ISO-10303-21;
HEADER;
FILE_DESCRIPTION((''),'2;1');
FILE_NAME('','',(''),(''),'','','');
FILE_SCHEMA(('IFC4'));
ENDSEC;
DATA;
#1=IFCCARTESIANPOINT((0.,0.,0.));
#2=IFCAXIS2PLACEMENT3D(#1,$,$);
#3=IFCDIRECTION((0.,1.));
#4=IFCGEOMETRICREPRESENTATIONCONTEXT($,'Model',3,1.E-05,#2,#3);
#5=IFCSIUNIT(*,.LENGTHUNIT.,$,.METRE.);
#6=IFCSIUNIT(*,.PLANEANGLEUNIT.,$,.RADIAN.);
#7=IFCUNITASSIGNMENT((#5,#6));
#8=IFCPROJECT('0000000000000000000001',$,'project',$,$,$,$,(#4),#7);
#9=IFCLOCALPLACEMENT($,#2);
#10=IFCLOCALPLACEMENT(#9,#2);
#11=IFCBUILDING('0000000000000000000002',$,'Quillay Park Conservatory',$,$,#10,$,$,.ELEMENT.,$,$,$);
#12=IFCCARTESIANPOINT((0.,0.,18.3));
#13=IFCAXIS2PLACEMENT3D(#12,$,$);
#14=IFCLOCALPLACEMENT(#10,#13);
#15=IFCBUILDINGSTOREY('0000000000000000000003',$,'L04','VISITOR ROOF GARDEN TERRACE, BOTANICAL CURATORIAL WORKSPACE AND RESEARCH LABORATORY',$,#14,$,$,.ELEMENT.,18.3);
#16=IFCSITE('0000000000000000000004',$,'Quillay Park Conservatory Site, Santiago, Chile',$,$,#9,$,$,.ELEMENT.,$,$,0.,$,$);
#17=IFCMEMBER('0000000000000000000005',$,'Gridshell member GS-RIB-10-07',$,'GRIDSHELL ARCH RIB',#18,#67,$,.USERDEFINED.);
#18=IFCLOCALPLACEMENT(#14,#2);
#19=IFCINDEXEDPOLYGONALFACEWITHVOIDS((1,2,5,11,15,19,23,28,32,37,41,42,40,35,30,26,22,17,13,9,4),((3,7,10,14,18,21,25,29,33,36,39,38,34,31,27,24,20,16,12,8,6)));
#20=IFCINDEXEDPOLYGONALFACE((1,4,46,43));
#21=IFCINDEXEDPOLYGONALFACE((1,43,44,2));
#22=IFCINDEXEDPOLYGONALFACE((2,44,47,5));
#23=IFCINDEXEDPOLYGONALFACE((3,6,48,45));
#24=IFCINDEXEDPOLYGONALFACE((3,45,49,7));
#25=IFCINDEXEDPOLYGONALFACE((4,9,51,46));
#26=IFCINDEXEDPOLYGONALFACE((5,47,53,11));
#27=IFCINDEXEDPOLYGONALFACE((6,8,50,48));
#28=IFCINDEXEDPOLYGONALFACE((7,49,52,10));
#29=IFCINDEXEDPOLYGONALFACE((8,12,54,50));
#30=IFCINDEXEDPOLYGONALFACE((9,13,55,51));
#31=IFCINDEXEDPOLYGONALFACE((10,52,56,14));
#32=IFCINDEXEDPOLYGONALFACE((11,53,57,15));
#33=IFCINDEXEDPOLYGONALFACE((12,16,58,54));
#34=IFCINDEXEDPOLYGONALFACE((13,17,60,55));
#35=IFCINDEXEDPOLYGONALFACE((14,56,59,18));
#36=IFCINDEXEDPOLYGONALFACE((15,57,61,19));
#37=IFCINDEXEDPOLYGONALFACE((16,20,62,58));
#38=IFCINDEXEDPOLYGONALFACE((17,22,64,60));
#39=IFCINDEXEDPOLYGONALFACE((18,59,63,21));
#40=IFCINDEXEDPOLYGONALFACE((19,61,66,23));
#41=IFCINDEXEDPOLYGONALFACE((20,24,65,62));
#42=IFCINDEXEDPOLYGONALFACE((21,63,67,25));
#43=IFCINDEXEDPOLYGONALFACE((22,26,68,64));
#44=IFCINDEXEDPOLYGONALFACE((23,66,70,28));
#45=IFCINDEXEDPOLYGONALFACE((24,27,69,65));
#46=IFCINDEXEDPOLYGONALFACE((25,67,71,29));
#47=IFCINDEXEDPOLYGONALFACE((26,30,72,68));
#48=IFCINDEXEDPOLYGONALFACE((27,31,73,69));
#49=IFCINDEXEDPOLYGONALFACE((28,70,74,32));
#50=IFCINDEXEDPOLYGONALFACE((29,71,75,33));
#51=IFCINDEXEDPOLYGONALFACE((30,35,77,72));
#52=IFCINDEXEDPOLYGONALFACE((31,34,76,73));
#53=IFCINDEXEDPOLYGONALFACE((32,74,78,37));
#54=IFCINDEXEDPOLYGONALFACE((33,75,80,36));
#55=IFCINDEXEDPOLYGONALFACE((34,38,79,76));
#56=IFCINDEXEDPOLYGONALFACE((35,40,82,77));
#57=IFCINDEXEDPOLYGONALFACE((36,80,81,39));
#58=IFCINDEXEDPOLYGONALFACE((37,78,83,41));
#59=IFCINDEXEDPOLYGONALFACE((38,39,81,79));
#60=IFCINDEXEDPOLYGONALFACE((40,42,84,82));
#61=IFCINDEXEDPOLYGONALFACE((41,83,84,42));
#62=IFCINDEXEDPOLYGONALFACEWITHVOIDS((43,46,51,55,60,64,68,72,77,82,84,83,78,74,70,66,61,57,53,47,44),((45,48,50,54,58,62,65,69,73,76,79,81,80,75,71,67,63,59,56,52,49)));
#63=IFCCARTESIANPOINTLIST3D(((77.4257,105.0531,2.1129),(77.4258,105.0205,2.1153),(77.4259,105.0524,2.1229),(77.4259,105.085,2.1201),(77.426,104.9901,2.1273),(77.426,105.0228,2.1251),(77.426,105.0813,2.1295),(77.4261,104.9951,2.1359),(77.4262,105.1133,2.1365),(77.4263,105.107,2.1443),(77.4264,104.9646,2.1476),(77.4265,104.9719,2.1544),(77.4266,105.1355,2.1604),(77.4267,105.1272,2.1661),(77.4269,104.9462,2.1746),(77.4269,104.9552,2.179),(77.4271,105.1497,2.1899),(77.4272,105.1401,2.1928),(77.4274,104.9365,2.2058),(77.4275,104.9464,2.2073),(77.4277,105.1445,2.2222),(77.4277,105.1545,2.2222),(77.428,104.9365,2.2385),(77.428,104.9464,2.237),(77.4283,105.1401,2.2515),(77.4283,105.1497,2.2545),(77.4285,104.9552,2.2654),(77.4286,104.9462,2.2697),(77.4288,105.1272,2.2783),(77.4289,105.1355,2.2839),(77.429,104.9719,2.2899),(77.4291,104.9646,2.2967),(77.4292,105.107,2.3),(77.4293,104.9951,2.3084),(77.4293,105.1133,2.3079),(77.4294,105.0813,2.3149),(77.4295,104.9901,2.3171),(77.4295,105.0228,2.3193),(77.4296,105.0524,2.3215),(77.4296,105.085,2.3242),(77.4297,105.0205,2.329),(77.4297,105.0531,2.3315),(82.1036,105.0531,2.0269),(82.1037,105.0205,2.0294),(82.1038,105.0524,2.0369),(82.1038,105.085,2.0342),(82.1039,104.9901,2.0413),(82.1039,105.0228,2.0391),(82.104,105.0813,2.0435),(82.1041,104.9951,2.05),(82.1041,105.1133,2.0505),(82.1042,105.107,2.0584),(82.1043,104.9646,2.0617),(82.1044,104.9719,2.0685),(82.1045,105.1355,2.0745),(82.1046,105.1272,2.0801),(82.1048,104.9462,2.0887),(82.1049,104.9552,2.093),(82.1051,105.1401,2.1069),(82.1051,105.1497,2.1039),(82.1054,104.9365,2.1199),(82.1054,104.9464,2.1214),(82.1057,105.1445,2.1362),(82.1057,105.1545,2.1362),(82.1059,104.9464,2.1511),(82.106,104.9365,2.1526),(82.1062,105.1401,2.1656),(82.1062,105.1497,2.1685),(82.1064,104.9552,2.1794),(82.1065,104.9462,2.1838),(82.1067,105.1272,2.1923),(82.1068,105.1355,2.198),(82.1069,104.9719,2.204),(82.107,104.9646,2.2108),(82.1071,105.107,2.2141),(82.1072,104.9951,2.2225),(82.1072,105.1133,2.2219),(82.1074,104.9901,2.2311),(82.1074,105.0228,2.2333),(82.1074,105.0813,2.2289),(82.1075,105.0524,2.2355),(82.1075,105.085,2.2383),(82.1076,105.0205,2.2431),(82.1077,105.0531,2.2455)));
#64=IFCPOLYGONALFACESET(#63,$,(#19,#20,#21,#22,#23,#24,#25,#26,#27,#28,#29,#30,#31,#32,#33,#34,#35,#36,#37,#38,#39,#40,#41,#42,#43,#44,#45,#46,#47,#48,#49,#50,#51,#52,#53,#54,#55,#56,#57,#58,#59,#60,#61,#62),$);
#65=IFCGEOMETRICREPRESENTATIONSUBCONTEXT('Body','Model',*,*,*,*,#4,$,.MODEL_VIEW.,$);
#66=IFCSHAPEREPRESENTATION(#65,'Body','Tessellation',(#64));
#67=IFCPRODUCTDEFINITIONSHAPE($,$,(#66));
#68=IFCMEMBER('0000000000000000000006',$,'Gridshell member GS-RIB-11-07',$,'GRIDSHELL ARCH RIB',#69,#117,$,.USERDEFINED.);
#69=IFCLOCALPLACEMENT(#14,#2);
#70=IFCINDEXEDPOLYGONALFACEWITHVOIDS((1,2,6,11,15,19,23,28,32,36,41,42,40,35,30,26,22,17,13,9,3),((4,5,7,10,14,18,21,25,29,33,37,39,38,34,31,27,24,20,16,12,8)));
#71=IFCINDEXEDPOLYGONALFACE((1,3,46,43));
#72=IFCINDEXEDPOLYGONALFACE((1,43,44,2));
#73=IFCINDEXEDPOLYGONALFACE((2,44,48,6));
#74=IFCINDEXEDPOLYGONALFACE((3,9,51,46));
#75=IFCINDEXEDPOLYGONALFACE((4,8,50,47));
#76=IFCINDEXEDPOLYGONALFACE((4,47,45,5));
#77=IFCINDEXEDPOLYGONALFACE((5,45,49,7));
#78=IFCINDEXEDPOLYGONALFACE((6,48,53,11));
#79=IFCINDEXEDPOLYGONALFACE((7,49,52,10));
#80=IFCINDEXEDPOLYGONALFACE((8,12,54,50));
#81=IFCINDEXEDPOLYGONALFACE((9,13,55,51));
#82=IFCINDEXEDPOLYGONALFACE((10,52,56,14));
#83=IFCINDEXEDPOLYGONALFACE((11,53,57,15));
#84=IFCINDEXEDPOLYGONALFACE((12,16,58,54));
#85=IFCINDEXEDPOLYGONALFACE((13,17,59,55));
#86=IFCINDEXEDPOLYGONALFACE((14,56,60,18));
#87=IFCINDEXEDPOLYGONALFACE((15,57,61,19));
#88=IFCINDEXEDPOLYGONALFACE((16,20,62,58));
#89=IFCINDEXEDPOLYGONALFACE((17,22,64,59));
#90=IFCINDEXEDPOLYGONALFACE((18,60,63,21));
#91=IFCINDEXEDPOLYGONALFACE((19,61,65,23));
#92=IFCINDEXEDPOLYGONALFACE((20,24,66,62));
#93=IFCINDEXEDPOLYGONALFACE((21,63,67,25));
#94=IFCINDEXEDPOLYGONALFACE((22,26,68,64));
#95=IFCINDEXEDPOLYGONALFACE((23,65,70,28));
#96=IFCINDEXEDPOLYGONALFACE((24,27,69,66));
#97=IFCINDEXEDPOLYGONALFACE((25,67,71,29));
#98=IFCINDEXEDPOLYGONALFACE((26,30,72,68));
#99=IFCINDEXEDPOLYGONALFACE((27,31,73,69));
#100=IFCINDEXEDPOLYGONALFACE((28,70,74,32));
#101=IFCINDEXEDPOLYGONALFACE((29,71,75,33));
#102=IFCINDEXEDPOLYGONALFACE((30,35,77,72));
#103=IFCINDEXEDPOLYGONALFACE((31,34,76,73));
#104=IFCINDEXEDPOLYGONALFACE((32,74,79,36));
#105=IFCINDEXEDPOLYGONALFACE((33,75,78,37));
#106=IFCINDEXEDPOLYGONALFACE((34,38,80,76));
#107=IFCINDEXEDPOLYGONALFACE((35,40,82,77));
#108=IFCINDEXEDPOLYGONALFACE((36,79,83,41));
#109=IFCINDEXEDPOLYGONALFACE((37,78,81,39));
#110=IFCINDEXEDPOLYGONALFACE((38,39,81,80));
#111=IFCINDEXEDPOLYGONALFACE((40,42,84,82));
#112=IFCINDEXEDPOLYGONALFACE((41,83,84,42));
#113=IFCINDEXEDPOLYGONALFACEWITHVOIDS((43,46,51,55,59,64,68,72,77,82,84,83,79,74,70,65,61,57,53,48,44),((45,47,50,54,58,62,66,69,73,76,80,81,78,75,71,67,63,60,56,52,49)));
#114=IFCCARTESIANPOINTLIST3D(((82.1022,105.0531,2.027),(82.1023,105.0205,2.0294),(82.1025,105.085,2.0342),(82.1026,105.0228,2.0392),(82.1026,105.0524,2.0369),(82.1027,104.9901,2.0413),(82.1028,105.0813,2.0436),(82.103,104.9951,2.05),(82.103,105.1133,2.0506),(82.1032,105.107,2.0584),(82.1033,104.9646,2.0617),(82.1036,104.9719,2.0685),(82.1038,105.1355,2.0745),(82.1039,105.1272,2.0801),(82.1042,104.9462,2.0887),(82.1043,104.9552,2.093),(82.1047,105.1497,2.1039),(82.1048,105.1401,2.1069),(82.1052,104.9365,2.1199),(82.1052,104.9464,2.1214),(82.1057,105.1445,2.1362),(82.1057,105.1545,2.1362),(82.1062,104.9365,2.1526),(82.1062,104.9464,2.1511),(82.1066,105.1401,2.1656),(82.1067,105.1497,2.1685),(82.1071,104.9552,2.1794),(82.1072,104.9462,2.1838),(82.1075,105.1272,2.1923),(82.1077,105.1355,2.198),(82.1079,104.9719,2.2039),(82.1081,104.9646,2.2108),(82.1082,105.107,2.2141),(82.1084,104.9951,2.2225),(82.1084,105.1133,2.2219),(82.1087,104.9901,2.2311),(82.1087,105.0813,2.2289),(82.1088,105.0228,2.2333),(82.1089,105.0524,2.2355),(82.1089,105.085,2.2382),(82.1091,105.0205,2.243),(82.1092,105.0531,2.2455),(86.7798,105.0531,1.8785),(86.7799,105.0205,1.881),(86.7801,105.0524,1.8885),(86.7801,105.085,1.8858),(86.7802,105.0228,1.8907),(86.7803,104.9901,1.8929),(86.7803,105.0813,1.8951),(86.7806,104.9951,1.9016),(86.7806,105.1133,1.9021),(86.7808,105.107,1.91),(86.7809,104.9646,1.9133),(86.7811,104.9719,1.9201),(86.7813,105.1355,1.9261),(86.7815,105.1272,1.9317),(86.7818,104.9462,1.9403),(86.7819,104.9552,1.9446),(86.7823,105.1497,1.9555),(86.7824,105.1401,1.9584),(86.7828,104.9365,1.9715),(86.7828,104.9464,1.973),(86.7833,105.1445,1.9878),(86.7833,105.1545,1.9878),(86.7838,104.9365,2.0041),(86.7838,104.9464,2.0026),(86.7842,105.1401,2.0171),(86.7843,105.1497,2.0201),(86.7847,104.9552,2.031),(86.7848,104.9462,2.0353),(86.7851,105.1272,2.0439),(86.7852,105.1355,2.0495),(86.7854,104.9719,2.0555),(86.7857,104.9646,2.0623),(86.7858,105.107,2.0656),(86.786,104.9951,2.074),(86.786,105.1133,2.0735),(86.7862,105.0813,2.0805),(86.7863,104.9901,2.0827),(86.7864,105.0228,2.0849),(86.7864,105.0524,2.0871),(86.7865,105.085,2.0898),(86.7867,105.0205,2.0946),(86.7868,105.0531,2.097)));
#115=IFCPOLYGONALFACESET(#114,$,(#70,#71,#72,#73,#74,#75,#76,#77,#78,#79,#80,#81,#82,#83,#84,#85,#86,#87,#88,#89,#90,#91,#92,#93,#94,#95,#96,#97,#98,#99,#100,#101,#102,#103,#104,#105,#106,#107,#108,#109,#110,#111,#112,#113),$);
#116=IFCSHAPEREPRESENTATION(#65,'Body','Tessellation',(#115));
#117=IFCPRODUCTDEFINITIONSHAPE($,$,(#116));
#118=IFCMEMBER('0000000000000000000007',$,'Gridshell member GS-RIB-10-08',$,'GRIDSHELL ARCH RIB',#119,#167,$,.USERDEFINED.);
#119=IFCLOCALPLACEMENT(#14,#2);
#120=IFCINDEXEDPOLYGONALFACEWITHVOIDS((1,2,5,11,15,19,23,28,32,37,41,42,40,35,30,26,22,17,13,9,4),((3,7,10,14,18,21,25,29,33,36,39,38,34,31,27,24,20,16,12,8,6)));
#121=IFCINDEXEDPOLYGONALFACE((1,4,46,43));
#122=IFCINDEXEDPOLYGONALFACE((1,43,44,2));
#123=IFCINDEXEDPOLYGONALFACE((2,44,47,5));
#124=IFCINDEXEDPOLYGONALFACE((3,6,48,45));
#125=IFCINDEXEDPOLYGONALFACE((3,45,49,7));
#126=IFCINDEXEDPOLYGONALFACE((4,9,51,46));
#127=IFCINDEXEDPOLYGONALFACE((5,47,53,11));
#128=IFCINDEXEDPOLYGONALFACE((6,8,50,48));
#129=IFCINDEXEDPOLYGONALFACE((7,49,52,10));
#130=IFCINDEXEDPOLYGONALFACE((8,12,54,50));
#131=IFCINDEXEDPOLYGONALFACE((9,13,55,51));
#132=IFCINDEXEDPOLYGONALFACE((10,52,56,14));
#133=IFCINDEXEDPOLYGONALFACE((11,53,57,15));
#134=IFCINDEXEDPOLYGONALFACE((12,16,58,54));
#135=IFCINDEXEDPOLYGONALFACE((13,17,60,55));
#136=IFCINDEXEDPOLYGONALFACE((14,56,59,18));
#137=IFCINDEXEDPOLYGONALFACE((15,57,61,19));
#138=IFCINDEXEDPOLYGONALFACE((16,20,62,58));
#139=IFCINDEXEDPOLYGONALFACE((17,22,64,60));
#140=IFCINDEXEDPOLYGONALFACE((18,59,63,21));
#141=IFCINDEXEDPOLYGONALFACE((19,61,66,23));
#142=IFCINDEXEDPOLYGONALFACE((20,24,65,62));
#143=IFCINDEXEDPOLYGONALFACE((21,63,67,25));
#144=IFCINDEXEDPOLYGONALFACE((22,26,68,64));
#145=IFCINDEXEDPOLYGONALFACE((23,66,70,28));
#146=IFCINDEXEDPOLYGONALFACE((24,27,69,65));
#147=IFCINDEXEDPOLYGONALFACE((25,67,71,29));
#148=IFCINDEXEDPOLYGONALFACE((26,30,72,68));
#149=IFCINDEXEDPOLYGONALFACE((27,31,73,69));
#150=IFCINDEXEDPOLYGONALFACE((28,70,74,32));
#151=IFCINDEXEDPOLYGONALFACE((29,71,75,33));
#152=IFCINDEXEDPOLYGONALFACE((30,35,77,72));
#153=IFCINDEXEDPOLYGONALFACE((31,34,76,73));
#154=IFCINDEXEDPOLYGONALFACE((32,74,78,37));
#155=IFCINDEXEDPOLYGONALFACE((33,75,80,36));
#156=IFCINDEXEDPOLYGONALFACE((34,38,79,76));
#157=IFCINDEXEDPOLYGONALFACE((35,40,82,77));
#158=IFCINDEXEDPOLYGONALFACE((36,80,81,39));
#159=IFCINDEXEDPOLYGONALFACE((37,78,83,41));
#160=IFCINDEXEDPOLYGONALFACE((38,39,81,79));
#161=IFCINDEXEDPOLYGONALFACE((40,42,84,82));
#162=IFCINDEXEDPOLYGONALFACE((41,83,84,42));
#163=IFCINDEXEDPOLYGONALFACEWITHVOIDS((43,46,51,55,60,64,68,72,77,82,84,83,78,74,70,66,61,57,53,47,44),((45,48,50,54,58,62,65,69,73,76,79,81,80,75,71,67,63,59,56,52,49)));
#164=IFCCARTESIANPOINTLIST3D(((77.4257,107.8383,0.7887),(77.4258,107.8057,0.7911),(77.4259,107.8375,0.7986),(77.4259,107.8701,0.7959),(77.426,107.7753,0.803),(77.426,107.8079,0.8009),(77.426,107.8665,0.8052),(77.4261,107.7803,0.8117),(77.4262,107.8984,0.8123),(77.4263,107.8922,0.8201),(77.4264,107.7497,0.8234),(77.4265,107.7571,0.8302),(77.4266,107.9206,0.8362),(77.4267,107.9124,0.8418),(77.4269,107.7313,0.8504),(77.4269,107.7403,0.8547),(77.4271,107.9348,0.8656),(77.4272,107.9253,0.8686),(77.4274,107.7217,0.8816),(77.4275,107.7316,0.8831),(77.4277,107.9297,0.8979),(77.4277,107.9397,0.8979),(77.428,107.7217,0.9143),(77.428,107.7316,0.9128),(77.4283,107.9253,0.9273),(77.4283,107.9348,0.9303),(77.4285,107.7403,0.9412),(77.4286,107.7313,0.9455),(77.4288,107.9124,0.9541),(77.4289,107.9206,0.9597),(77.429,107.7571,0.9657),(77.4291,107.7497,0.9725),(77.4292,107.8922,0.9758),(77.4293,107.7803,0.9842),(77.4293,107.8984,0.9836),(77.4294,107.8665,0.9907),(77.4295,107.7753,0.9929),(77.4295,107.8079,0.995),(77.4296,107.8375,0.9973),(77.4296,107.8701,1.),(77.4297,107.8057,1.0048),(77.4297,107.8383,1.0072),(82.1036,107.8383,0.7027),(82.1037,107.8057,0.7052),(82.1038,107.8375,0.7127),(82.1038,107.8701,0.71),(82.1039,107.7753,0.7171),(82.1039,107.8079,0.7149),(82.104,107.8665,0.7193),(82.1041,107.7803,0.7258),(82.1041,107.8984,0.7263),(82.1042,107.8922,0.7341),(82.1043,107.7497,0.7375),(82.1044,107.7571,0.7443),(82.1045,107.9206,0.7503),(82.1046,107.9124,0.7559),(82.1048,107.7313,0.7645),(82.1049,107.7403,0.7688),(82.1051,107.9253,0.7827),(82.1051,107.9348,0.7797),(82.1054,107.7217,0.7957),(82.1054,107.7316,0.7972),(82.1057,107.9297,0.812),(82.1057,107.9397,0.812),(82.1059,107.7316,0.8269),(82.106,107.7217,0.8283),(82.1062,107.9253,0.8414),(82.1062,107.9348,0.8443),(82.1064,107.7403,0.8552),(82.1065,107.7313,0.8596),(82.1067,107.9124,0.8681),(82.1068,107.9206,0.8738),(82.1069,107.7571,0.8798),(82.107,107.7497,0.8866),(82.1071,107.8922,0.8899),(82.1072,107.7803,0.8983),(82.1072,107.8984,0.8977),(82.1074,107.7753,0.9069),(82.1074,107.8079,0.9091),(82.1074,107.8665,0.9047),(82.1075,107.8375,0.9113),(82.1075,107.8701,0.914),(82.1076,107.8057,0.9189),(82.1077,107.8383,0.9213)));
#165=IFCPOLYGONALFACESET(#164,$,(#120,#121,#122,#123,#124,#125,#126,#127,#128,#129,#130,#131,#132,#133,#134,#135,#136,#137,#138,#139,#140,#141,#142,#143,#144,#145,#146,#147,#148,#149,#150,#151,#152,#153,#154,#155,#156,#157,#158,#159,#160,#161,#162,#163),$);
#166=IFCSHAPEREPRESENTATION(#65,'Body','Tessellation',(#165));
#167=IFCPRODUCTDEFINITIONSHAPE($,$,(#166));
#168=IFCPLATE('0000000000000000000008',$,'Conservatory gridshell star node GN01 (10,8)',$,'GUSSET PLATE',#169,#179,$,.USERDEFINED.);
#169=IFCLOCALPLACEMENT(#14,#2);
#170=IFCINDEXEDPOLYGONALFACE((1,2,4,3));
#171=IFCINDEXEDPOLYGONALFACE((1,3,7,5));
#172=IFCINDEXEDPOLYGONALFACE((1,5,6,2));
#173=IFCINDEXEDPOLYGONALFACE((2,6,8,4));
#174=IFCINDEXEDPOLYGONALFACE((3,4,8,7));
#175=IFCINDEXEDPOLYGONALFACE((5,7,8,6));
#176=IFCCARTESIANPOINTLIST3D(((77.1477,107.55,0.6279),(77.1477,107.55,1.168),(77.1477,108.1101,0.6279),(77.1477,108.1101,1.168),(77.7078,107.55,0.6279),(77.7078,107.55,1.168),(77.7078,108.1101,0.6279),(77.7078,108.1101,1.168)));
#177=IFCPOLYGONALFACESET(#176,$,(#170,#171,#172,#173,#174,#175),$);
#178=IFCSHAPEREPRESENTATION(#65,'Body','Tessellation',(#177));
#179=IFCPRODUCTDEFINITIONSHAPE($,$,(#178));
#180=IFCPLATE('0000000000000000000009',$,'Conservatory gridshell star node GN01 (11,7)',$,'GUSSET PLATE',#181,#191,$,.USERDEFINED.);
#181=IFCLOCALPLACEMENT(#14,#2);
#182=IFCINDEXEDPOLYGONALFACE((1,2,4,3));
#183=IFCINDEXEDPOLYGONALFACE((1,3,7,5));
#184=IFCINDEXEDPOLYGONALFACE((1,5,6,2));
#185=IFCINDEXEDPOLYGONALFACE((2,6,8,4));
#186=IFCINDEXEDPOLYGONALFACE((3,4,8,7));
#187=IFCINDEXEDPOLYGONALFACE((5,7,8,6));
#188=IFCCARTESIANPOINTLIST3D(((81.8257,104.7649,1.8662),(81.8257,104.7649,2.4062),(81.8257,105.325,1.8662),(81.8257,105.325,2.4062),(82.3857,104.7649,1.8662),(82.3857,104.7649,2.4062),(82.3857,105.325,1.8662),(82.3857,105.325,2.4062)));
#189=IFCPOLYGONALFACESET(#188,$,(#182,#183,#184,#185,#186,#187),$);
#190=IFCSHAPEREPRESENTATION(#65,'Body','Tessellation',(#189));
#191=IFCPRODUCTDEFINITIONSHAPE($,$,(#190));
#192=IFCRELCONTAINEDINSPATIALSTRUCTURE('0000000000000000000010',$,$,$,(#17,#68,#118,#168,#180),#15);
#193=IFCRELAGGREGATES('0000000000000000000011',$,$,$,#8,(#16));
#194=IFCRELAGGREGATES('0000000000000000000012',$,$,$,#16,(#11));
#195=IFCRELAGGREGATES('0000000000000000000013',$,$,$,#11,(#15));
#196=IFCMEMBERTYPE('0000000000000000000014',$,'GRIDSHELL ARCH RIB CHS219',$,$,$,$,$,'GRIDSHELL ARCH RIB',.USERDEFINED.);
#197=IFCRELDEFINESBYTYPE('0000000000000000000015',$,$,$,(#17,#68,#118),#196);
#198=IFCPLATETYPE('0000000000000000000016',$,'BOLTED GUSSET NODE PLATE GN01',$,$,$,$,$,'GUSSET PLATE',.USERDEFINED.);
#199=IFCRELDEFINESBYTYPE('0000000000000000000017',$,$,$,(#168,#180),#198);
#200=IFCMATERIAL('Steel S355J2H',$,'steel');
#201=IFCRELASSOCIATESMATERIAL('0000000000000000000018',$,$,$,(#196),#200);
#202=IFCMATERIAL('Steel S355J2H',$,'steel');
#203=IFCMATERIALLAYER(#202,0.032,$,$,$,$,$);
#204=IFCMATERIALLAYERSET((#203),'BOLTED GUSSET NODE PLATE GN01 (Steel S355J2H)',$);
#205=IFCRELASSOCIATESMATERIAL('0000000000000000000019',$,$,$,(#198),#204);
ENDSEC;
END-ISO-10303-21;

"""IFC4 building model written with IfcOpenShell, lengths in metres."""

from ifc_helpers import new_model, si_unit, direction, frame, origin, origin_2d, place, context, subcontext, project, spatial, rectangle, hollow_circle, extrude, material, layer, layer_set, material_profile, profile_set, type_object, element, save


model = new_model("IFC4")

# Units and contexts
model_context = context("Model", 3, precision=1e-05, world=origin(), true_north=direction((0.0, 1.0)))
body_context = subcontext(model_context, "Body", "Model", "MODEL_VIEW")
ifc_project = project(units=[si_unit("LENGTHUNIT", "METRE"), si_unit("PLANEANGLEUNIT", "RADIAN")], contexts=[model_context])

# Site, building, storey
site_placement = place(None, origin())
site = spatial("IfcSite", under=ifc_project, at=site_placement, Name="Quillay Park Conservatory Site, Santiago, Chile", CompositionType="ELEMENT", RefElevation=0.0)
building_placement = place(site_placement, origin())
building = spatial("IfcBuilding", under=site, at=building_placement, Name="Quillay Park Conservatory", CompositionType="ELEMENT")
storey_placement = place(building_placement, frame((0.0, 0.0, 18.3)))
storey = spatial("IfcBuildingStorey", under=building, at=storey_placement, Name="L04", Description="VISITOR ROOF GARDEN TERRACE, BOTANICAL CURATORIAL WORKSPACE AND RESEARCH LABORATORY", CompositionType="ELEMENT", Elevation=18.3)

# Members
ifc_material_1 = material(Name="Steel S355J2H", Category="steel")
ifc_material_profile_1 = material_profile(ifc_material_1, hollow_circle(Radius=0.1096, WallThickness=0.01, at=origin_2d()), Name="CHS219.1x10")
ifc_profile_set_1 = profile_set([ifc_material_profile_1], Name="Steel S355J2H")
member_type = type_object("IfcMemberType", Name="GRIDSHELL ARCH RIB CHS219", ElementType="GRIDSHELL ARCH RIB", PredefinedType="USERDEFINED", material=ifc_profile_set_1)
member_1_placement = place(storey_placement, frame((77.4277, 105.0449, 2.2222), z_axis=(0.999831, 0.0, -0.018368), x_axis=(0.0, 1.0, 0.0)))
element("IfcMember", 1, at=member_1_placement, inside=storey, type_object=member_type, Name="Gridshell member GS-RIB-10-07", ObjectType="GRIDSHELL ARCH RIB", PredefinedType="USERDEFINED", context=body_context, shape_type="SweptSolid", body=[
    extrude(hollow_circle(Radius=0.1096, WallThickness=0.01, at=origin_2d()), origin(), (0.0, 0.0, 1.0), 4.6787),
])
member_2_placement = place(storey_placement, frame((82.1057, 105.0449, 2.1362), z_axis=(0.999497, 0.0, -0.031718), x_axis=(0.0, 1.0, 0.0)))
element("IfcMember", 2, at=member_2_placement, inside=storey, type_object=member_type, Name="Gridshell member GS-RIB-11-07", ObjectType="GRIDSHELL ARCH RIB", PredefinedType="USERDEFINED", context=body_context, shape_type="SweptSolid", body=[
    extrude(hollow_circle(Radius=0.1096, WallThickness=0.01, at=origin_2d()), origin(), (0.0, 0.0, 1.0), 4.6799),
])
member_3_placement = place(storey_placement, frame((77.4277, 107.8301, 0.8979), z_axis=(0.999831, 0.0, -0.018368), x_axis=(0.0, 1.0, 0.0)))
element("IfcMember", 3, at=member_3_placement, inside=storey, type_object=member_type, Name="Gridshell member GS-RIB-10-08", ObjectType="GRIDSHELL ARCH RIB", PredefinedType="USERDEFINED", context=body_context, shape_type="SweptSolid", body=[
    extrude(hollow_circle(Radius=0.1096, WallThickness=0.01, at=origin_2d()), origin(), (0.0, 0.0, 1.0), 4.6787),
])

# Plates
ifc_material_2 = material(Name="Steel S355J2H", Category="steel")
ifc_layer_1 = layer(ifc_material_2, 0.032)
ifc_layer_set_1 = layer_set([ifc_layer_1], Name="BOLTED GUSSET NODE PLATE GN01 (Steel S355J2H)")
plate_type_1 = type_object("IfcPlateType", Name="BOLTED GUSSET NODE PLATE GN01", ElementType="GUSSET PLATE", PredefinedType="USERDEFINED", material=ifc_layer_set_1)
for number, where, z_axis, x_axis, name in (
    (4, (77.4277, 107.8301, 0.6279), (0.0, 0.0, 1.0), (1.0, 0.0, 0.0), "Conservatory gridshell star node GN01 (10,8)"),
    (5, (82.1057, 105.0449, 1.8662), (0.0, 0.0, 1.0), (1.0, 0.0, 0.0), "Conservatory gridshell star node GN01 (11,7)"),
):
    element("IfcPlate", number, at=place(storey_placement, frame(where, z_axis=z_axis, x_axis=x_axis)), inside=storey, type_object=plate_type_1, Name=name, ObjectType="GUSSET PLATE", PredefinedType="USERDEFINED", context=body_context, shape_type="SweptSolid", body=[
        extrude(rectangle(XDim=0.5601, YDim=0.5601, at=origin_2d()), origin(), (0.0, 0.0, 1.0), 0.54),
    ])

save(model, "model.ifc")
